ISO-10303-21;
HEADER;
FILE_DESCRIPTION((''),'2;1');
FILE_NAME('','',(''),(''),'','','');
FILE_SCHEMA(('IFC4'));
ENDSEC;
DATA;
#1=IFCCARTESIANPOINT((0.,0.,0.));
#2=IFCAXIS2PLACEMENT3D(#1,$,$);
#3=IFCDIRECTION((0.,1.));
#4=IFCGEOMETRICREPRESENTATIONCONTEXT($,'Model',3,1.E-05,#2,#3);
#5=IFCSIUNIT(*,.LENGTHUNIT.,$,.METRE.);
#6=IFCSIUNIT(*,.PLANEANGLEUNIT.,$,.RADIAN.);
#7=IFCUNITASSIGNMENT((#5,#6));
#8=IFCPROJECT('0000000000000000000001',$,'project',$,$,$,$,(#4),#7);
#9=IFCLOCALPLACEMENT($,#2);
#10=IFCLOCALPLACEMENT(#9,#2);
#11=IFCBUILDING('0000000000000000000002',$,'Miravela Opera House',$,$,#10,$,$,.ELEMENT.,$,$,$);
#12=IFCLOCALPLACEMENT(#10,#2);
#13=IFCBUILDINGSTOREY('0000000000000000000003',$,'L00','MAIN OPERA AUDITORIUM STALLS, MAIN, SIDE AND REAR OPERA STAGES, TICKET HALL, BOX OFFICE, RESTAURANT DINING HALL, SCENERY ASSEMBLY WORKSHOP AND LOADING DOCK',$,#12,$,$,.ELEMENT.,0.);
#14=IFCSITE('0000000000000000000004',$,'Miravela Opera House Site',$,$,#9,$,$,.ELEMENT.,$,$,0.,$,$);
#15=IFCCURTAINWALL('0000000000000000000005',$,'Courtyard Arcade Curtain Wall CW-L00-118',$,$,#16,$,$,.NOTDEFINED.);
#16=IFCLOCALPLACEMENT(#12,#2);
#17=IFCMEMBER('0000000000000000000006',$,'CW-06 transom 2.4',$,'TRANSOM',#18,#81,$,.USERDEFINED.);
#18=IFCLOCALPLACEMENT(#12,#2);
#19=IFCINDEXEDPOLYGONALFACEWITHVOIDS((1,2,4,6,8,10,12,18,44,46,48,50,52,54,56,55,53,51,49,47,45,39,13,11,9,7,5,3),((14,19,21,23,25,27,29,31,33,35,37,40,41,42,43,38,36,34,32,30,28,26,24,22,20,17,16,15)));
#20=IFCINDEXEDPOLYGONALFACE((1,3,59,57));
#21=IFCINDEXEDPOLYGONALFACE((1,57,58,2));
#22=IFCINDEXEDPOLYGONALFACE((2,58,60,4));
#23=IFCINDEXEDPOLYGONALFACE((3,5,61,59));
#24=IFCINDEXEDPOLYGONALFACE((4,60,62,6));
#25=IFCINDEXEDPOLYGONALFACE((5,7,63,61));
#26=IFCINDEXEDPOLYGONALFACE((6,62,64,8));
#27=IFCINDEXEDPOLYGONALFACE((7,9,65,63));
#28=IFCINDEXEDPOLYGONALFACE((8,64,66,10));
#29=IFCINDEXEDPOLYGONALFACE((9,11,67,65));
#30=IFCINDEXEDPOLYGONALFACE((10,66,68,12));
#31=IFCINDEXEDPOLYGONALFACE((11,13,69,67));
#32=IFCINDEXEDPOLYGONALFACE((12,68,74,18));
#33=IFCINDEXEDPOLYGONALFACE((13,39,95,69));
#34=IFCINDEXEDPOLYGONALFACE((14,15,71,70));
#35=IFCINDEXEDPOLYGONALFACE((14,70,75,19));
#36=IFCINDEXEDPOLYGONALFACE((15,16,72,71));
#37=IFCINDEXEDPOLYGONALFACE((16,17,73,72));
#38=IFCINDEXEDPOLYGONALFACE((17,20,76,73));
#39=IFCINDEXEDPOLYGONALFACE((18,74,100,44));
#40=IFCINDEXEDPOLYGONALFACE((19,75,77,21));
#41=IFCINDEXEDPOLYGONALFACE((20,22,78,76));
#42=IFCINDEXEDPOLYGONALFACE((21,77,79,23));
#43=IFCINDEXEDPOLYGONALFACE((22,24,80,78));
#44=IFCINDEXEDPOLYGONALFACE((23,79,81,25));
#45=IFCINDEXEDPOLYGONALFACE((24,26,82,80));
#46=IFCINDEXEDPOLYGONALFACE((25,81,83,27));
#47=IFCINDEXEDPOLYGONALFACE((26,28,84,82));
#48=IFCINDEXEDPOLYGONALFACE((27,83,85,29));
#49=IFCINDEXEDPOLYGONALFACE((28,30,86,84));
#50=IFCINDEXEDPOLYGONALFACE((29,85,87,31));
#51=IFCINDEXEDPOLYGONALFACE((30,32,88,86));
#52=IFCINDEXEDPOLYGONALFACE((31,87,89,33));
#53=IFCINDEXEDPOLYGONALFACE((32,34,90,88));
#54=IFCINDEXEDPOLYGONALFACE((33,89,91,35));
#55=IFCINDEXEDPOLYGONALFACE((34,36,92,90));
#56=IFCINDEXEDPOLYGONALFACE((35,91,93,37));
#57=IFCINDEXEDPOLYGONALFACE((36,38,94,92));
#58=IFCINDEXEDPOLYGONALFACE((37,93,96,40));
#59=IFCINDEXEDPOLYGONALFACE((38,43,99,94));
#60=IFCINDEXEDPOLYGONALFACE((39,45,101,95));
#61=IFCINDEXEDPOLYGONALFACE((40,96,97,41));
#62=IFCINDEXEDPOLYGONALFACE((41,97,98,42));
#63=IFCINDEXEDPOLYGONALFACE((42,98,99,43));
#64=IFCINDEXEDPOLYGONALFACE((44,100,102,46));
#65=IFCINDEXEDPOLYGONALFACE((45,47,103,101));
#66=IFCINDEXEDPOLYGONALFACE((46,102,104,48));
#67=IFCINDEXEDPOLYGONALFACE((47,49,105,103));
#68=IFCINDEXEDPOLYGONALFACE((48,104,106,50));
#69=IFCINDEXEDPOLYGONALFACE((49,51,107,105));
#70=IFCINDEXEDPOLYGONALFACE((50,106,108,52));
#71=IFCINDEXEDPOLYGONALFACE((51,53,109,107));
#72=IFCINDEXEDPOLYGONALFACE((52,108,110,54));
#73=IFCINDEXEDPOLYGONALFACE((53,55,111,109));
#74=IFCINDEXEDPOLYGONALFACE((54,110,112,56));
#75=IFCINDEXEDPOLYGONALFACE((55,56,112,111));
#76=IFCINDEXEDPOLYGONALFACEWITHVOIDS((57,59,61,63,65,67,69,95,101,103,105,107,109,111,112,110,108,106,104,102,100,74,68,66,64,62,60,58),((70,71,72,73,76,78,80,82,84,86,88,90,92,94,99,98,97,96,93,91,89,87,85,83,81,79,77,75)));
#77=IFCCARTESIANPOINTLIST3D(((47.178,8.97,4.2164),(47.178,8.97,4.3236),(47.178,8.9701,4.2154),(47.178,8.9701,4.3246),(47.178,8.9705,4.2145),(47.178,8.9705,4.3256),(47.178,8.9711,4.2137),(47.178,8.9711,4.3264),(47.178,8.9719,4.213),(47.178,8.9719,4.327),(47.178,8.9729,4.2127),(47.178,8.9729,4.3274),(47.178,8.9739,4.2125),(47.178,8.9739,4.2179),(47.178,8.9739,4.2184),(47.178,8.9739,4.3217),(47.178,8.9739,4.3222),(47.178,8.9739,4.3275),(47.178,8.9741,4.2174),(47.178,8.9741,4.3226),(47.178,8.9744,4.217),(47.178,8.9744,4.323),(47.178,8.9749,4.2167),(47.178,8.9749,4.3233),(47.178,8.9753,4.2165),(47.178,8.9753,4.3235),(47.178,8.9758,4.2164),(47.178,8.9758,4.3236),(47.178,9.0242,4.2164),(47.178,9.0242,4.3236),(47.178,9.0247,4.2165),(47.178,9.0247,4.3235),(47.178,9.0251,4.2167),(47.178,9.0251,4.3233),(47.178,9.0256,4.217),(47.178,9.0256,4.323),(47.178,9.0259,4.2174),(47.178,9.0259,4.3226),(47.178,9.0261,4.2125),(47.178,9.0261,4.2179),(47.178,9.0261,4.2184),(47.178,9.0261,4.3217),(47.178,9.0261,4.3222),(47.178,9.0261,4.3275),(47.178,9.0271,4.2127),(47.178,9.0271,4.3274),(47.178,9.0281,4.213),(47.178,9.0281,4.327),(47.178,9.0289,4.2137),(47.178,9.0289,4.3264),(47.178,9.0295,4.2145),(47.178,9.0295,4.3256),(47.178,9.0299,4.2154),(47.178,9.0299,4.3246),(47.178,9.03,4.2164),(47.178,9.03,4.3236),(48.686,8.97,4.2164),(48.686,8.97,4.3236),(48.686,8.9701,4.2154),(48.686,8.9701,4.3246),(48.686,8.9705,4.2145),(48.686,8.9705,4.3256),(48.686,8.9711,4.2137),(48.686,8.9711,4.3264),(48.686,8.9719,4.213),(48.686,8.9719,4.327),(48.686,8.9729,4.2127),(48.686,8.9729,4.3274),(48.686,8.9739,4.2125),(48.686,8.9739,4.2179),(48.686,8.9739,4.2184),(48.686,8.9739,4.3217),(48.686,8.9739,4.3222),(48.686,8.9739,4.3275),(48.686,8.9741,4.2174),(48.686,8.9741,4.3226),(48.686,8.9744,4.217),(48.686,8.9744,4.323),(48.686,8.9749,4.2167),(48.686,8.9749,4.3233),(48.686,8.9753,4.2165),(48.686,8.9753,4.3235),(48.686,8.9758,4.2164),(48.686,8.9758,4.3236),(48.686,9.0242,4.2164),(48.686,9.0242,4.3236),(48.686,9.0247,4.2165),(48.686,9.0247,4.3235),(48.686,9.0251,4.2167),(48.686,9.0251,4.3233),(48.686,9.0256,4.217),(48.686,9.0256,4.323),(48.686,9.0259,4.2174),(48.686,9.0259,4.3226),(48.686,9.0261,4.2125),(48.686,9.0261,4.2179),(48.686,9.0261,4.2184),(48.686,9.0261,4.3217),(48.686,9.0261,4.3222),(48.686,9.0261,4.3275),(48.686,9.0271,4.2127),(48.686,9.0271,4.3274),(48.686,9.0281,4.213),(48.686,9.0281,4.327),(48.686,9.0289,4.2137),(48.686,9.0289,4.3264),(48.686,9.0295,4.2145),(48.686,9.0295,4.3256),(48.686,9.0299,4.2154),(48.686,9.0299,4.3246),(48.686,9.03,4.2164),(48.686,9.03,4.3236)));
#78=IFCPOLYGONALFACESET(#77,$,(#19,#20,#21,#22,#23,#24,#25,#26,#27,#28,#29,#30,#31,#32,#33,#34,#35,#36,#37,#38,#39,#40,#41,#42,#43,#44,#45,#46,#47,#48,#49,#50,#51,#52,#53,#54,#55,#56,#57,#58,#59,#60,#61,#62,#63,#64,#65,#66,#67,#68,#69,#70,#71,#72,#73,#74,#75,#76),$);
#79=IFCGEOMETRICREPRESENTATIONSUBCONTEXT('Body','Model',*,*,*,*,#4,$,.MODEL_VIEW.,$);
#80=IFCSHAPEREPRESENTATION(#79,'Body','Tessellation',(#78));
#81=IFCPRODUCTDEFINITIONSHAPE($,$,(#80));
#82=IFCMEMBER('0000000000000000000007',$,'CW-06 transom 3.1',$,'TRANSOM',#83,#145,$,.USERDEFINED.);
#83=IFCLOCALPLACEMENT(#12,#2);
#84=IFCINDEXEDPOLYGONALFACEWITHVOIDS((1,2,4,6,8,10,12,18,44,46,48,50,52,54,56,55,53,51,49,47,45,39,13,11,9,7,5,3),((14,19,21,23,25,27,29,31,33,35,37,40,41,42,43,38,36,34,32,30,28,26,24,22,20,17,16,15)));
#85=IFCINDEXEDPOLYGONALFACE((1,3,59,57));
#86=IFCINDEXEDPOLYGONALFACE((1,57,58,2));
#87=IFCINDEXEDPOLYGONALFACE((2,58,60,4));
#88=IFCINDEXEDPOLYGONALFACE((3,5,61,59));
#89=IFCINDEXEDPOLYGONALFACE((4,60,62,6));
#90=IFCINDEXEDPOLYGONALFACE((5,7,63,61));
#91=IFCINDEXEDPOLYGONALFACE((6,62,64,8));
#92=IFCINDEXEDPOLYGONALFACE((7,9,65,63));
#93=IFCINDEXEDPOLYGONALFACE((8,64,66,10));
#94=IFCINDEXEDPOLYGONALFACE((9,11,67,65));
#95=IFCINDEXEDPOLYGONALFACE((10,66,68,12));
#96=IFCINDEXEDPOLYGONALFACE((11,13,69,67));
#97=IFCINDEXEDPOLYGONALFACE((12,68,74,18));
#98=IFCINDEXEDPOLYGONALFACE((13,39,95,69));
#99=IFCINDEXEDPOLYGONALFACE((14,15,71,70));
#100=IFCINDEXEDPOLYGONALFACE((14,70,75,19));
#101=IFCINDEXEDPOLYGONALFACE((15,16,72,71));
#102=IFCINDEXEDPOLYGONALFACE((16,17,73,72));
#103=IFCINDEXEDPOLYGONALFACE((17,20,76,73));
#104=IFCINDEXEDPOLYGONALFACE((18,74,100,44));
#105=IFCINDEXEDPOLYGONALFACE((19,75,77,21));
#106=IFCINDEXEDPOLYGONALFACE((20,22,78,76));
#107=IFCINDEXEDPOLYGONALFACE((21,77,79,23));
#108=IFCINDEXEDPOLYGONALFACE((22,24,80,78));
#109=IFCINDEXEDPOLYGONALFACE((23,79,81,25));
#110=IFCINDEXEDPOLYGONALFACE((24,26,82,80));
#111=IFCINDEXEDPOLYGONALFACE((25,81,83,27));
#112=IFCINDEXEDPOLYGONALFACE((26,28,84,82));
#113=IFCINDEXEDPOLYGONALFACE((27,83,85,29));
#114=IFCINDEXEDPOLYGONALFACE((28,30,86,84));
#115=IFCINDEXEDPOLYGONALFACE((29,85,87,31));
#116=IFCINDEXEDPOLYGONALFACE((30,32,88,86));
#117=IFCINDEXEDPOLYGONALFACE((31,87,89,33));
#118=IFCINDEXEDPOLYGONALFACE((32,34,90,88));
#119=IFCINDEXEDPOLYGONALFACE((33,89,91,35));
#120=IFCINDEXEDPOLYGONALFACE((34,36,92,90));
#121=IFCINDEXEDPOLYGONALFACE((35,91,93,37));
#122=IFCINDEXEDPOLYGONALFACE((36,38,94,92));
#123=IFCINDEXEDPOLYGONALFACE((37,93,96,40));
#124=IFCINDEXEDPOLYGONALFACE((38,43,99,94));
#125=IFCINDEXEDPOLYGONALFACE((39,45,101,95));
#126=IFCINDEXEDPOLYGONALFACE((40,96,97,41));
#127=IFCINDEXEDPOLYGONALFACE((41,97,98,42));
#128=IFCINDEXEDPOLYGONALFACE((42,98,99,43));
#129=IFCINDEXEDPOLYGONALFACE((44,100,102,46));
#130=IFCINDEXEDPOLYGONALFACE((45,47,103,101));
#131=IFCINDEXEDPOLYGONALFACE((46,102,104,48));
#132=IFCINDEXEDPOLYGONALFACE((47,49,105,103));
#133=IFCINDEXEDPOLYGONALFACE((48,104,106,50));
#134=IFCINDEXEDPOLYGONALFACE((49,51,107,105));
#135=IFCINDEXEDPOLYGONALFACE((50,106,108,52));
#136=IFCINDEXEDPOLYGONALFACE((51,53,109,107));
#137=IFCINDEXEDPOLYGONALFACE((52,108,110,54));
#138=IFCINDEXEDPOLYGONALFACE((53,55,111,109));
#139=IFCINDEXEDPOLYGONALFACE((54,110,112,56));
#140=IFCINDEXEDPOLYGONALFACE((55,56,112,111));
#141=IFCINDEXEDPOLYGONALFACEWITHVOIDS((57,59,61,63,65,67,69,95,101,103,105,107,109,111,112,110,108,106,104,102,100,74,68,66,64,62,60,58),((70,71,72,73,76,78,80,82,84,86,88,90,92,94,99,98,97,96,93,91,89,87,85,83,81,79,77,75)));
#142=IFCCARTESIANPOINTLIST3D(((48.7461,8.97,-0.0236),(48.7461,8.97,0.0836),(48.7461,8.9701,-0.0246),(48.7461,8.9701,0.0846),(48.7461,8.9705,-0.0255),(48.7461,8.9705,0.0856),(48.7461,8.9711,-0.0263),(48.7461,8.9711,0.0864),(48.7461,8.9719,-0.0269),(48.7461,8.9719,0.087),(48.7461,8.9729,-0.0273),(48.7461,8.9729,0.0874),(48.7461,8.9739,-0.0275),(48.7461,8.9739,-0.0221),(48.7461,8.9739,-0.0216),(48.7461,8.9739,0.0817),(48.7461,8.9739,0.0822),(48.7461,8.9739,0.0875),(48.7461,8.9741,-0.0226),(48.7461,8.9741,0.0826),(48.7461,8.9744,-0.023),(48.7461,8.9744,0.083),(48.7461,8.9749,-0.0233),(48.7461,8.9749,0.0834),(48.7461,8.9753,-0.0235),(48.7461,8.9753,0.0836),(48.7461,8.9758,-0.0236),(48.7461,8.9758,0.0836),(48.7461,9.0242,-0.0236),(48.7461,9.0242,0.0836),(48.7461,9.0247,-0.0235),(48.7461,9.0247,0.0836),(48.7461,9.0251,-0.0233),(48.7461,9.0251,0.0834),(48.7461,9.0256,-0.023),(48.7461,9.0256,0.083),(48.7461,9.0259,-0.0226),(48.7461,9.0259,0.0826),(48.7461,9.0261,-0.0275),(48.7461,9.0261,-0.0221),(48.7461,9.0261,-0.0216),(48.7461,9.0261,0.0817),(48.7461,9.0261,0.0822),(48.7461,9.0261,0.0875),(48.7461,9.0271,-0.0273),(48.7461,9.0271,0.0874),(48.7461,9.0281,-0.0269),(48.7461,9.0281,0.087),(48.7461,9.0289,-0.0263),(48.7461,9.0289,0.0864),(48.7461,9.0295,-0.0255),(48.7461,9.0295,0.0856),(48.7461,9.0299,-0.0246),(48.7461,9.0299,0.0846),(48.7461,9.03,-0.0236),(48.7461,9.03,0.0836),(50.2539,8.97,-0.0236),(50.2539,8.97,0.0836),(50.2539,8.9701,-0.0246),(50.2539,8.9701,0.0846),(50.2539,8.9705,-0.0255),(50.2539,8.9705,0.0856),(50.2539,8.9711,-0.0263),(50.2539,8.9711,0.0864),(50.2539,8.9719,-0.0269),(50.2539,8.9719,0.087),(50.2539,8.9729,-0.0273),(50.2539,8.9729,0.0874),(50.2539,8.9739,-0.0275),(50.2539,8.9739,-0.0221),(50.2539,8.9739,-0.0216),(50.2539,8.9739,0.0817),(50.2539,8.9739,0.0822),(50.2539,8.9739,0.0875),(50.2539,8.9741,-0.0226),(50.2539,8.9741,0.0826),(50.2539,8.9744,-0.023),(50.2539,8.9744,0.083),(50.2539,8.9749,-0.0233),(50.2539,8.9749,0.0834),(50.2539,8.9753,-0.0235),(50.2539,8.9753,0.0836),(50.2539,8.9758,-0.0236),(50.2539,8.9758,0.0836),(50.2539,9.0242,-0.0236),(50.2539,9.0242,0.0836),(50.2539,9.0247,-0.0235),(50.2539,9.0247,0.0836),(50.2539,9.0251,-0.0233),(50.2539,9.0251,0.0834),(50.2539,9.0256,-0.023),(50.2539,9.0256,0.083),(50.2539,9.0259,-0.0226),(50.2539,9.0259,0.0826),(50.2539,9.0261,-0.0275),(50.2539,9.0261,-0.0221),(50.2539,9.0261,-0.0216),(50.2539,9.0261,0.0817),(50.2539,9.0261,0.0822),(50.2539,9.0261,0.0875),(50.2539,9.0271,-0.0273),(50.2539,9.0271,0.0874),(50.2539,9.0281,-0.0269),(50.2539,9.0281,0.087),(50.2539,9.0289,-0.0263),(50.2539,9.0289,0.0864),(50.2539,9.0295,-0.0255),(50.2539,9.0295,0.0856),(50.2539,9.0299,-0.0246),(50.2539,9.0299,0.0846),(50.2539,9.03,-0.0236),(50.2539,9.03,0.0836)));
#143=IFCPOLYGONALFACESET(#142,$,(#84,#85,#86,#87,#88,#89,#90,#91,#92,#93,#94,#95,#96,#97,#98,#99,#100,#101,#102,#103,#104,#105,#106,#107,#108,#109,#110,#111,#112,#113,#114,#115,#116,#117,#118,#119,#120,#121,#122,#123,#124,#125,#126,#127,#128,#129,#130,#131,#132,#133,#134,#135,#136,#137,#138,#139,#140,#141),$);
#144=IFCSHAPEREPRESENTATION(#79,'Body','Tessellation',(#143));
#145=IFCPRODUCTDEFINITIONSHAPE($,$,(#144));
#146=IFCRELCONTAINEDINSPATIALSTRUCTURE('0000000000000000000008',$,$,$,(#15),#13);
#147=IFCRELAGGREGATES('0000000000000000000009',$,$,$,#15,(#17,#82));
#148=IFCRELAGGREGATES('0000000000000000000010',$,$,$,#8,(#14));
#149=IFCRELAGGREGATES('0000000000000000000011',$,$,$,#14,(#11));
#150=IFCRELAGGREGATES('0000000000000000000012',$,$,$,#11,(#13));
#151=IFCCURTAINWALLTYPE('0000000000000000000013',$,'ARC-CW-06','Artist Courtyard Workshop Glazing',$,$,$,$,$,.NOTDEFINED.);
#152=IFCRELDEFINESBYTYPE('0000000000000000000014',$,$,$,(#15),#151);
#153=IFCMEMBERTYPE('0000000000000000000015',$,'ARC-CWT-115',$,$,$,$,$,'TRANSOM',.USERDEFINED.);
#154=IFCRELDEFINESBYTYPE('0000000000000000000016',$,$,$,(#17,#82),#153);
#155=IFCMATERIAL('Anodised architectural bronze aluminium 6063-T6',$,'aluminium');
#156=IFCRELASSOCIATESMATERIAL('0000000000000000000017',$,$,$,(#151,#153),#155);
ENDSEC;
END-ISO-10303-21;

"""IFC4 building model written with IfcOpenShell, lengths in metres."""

from ifc_helpers import new_model, si_unit, direction, frame, origin, origin_2d, place, context, subcontext, project, spatial, hollow_rectangle, extrude, material, material_profile, profile_set, type_object, element, aggregate, save


model = new_model("IFC4")

# Units and contexts
model_context = context("Model", 3, precision=1e-05, world=origin(), true_north=direction((0.0, 1.0)))
body_context = subcontext(model_context, "Body", "Model", "MODEL_VIEW")
ifc_project = project(units=[si_unit("LENGTHUNIT", "METRE"), si_unit("PLANEANGLEUNIT", "RADIAN")], contexts=[model_context])

# Site, building, storey
site_placement = place(None, origin())
site = spatial("IfcSite", under=ifc_project, at=site_placement, Name="Miravela Opera House Site", CompositionType="ELEMENT", RefElevation=0.0)
building_placement = place(site_placement, origin())
building = spatial("IfcBuilding", under=site, at=building_placement, Name="Miravela Opera House", CompositionType="ELEMENT")
storey_placement = place(building_placement, origin())
storey = spatial("IfcBuildingStorey", under=building, at=storey_placement, Name="L00", Description="MAIN OPERA AUDITORIUM STALLS, MAIN, SIDE AND REAR OPERA STAGES, TICKET HALL, BOX OFFICE, RESTAURANT DINING HALL, SCENERY ASSEMBLY WORKSHOP AND LOADING DOCK", CompositionType="ELEMENT", Elevation=0.0)

# Curtain wall, members
ifc_material_1 = material(Name="Anodised architectural bronze aluminium 6063-T6", Category="aluminium")
curtain_wall_type = type_object("IfcCurtainWallType", Name="ARC-CW-06", Description="Artist Courtyard Workshop Glazing", PredefinedType="NOTDEFINED", material=ifc_material_1)
curtain_wall_placement = place(storey_placement, origin())
curtain_wall = element("IfcCurtainWall", 1, at=curtain_wall_placement, inside=storey, type_object=curtain_wall_type, Name="Courtyard Arcade Curtain Wall CW-L00-118", PredefinedType="NOTDEFINED")
ifc_material_profile_1 = material_profile(ifc_material_1, hollow_rectangle(XDim=0.0601, YDim=0.115, WallThickness=0.0039, InnerFilletRadius=0.002, OuterFilletRadius=0.0039, at=origin_2d()), Name="CWT-60X115")
ifc_profile_set_1 = profile_set([ifc_material_profile_1])
member_type_1 = type_object("IfcMemberType", Name="ARC-CWT-115", ElementType="TRANSOM", PredefinedType="USERDEFINED", material=ifc_profile_set_1)
member_1_placement = place(storey_placement, frame((47.178, 9.0, 4.27), z_axis=(1.0, 0.0, 0.0), x_axis=(0.0, 1.0, 0.0)))
member_1 = element("IfcMember", 2, at=member_1_placement, type_object=member_type_1, Name="CW-06 transom 2.4", ObjectType="TRANSOM", PredefinedType="USERDEFINED", context=body_context, shape_type="SweptSolid", body=[
    extrude(hollow_rectangle(XDim=0.0601, YDim=0.115, WallThickness=0.0039, InnerFilletRadius=0.002, OuterFilletRadius=0.0039, at=origin_2d()), origin(), (0.0, 0.0, 1.0), 1.5081),
])
member_2_placement = place(storey_placement, frame((48.7461, 9.0, 0.03), z_axis=(1.0, 0.0, 0.0), x_axis=(0.0, 1.0, 0.0)))
member_2 = element("IfcMember", 3, at=member_2_placement, type_object=member_type_1, Name="CW-06 transom 3.1", ObjectType="TRANSOM", PredefinedType="USERDEFINED", context=body_context, shape_type="SweptSolid", body=[
    extrude(hollow_rectangle(XDim=0.0601, YDim=0.115, WallThickness=0.0039, InnerFilletRadius=0.002, OuterFilletRadius=0.0039, at=origin_2d()), origin(), (0.0, 0.0, 1.0), 1.5078),
])

aggregate(curtain_wall, [member_1, member_2])

save(model, "model.ifc")
